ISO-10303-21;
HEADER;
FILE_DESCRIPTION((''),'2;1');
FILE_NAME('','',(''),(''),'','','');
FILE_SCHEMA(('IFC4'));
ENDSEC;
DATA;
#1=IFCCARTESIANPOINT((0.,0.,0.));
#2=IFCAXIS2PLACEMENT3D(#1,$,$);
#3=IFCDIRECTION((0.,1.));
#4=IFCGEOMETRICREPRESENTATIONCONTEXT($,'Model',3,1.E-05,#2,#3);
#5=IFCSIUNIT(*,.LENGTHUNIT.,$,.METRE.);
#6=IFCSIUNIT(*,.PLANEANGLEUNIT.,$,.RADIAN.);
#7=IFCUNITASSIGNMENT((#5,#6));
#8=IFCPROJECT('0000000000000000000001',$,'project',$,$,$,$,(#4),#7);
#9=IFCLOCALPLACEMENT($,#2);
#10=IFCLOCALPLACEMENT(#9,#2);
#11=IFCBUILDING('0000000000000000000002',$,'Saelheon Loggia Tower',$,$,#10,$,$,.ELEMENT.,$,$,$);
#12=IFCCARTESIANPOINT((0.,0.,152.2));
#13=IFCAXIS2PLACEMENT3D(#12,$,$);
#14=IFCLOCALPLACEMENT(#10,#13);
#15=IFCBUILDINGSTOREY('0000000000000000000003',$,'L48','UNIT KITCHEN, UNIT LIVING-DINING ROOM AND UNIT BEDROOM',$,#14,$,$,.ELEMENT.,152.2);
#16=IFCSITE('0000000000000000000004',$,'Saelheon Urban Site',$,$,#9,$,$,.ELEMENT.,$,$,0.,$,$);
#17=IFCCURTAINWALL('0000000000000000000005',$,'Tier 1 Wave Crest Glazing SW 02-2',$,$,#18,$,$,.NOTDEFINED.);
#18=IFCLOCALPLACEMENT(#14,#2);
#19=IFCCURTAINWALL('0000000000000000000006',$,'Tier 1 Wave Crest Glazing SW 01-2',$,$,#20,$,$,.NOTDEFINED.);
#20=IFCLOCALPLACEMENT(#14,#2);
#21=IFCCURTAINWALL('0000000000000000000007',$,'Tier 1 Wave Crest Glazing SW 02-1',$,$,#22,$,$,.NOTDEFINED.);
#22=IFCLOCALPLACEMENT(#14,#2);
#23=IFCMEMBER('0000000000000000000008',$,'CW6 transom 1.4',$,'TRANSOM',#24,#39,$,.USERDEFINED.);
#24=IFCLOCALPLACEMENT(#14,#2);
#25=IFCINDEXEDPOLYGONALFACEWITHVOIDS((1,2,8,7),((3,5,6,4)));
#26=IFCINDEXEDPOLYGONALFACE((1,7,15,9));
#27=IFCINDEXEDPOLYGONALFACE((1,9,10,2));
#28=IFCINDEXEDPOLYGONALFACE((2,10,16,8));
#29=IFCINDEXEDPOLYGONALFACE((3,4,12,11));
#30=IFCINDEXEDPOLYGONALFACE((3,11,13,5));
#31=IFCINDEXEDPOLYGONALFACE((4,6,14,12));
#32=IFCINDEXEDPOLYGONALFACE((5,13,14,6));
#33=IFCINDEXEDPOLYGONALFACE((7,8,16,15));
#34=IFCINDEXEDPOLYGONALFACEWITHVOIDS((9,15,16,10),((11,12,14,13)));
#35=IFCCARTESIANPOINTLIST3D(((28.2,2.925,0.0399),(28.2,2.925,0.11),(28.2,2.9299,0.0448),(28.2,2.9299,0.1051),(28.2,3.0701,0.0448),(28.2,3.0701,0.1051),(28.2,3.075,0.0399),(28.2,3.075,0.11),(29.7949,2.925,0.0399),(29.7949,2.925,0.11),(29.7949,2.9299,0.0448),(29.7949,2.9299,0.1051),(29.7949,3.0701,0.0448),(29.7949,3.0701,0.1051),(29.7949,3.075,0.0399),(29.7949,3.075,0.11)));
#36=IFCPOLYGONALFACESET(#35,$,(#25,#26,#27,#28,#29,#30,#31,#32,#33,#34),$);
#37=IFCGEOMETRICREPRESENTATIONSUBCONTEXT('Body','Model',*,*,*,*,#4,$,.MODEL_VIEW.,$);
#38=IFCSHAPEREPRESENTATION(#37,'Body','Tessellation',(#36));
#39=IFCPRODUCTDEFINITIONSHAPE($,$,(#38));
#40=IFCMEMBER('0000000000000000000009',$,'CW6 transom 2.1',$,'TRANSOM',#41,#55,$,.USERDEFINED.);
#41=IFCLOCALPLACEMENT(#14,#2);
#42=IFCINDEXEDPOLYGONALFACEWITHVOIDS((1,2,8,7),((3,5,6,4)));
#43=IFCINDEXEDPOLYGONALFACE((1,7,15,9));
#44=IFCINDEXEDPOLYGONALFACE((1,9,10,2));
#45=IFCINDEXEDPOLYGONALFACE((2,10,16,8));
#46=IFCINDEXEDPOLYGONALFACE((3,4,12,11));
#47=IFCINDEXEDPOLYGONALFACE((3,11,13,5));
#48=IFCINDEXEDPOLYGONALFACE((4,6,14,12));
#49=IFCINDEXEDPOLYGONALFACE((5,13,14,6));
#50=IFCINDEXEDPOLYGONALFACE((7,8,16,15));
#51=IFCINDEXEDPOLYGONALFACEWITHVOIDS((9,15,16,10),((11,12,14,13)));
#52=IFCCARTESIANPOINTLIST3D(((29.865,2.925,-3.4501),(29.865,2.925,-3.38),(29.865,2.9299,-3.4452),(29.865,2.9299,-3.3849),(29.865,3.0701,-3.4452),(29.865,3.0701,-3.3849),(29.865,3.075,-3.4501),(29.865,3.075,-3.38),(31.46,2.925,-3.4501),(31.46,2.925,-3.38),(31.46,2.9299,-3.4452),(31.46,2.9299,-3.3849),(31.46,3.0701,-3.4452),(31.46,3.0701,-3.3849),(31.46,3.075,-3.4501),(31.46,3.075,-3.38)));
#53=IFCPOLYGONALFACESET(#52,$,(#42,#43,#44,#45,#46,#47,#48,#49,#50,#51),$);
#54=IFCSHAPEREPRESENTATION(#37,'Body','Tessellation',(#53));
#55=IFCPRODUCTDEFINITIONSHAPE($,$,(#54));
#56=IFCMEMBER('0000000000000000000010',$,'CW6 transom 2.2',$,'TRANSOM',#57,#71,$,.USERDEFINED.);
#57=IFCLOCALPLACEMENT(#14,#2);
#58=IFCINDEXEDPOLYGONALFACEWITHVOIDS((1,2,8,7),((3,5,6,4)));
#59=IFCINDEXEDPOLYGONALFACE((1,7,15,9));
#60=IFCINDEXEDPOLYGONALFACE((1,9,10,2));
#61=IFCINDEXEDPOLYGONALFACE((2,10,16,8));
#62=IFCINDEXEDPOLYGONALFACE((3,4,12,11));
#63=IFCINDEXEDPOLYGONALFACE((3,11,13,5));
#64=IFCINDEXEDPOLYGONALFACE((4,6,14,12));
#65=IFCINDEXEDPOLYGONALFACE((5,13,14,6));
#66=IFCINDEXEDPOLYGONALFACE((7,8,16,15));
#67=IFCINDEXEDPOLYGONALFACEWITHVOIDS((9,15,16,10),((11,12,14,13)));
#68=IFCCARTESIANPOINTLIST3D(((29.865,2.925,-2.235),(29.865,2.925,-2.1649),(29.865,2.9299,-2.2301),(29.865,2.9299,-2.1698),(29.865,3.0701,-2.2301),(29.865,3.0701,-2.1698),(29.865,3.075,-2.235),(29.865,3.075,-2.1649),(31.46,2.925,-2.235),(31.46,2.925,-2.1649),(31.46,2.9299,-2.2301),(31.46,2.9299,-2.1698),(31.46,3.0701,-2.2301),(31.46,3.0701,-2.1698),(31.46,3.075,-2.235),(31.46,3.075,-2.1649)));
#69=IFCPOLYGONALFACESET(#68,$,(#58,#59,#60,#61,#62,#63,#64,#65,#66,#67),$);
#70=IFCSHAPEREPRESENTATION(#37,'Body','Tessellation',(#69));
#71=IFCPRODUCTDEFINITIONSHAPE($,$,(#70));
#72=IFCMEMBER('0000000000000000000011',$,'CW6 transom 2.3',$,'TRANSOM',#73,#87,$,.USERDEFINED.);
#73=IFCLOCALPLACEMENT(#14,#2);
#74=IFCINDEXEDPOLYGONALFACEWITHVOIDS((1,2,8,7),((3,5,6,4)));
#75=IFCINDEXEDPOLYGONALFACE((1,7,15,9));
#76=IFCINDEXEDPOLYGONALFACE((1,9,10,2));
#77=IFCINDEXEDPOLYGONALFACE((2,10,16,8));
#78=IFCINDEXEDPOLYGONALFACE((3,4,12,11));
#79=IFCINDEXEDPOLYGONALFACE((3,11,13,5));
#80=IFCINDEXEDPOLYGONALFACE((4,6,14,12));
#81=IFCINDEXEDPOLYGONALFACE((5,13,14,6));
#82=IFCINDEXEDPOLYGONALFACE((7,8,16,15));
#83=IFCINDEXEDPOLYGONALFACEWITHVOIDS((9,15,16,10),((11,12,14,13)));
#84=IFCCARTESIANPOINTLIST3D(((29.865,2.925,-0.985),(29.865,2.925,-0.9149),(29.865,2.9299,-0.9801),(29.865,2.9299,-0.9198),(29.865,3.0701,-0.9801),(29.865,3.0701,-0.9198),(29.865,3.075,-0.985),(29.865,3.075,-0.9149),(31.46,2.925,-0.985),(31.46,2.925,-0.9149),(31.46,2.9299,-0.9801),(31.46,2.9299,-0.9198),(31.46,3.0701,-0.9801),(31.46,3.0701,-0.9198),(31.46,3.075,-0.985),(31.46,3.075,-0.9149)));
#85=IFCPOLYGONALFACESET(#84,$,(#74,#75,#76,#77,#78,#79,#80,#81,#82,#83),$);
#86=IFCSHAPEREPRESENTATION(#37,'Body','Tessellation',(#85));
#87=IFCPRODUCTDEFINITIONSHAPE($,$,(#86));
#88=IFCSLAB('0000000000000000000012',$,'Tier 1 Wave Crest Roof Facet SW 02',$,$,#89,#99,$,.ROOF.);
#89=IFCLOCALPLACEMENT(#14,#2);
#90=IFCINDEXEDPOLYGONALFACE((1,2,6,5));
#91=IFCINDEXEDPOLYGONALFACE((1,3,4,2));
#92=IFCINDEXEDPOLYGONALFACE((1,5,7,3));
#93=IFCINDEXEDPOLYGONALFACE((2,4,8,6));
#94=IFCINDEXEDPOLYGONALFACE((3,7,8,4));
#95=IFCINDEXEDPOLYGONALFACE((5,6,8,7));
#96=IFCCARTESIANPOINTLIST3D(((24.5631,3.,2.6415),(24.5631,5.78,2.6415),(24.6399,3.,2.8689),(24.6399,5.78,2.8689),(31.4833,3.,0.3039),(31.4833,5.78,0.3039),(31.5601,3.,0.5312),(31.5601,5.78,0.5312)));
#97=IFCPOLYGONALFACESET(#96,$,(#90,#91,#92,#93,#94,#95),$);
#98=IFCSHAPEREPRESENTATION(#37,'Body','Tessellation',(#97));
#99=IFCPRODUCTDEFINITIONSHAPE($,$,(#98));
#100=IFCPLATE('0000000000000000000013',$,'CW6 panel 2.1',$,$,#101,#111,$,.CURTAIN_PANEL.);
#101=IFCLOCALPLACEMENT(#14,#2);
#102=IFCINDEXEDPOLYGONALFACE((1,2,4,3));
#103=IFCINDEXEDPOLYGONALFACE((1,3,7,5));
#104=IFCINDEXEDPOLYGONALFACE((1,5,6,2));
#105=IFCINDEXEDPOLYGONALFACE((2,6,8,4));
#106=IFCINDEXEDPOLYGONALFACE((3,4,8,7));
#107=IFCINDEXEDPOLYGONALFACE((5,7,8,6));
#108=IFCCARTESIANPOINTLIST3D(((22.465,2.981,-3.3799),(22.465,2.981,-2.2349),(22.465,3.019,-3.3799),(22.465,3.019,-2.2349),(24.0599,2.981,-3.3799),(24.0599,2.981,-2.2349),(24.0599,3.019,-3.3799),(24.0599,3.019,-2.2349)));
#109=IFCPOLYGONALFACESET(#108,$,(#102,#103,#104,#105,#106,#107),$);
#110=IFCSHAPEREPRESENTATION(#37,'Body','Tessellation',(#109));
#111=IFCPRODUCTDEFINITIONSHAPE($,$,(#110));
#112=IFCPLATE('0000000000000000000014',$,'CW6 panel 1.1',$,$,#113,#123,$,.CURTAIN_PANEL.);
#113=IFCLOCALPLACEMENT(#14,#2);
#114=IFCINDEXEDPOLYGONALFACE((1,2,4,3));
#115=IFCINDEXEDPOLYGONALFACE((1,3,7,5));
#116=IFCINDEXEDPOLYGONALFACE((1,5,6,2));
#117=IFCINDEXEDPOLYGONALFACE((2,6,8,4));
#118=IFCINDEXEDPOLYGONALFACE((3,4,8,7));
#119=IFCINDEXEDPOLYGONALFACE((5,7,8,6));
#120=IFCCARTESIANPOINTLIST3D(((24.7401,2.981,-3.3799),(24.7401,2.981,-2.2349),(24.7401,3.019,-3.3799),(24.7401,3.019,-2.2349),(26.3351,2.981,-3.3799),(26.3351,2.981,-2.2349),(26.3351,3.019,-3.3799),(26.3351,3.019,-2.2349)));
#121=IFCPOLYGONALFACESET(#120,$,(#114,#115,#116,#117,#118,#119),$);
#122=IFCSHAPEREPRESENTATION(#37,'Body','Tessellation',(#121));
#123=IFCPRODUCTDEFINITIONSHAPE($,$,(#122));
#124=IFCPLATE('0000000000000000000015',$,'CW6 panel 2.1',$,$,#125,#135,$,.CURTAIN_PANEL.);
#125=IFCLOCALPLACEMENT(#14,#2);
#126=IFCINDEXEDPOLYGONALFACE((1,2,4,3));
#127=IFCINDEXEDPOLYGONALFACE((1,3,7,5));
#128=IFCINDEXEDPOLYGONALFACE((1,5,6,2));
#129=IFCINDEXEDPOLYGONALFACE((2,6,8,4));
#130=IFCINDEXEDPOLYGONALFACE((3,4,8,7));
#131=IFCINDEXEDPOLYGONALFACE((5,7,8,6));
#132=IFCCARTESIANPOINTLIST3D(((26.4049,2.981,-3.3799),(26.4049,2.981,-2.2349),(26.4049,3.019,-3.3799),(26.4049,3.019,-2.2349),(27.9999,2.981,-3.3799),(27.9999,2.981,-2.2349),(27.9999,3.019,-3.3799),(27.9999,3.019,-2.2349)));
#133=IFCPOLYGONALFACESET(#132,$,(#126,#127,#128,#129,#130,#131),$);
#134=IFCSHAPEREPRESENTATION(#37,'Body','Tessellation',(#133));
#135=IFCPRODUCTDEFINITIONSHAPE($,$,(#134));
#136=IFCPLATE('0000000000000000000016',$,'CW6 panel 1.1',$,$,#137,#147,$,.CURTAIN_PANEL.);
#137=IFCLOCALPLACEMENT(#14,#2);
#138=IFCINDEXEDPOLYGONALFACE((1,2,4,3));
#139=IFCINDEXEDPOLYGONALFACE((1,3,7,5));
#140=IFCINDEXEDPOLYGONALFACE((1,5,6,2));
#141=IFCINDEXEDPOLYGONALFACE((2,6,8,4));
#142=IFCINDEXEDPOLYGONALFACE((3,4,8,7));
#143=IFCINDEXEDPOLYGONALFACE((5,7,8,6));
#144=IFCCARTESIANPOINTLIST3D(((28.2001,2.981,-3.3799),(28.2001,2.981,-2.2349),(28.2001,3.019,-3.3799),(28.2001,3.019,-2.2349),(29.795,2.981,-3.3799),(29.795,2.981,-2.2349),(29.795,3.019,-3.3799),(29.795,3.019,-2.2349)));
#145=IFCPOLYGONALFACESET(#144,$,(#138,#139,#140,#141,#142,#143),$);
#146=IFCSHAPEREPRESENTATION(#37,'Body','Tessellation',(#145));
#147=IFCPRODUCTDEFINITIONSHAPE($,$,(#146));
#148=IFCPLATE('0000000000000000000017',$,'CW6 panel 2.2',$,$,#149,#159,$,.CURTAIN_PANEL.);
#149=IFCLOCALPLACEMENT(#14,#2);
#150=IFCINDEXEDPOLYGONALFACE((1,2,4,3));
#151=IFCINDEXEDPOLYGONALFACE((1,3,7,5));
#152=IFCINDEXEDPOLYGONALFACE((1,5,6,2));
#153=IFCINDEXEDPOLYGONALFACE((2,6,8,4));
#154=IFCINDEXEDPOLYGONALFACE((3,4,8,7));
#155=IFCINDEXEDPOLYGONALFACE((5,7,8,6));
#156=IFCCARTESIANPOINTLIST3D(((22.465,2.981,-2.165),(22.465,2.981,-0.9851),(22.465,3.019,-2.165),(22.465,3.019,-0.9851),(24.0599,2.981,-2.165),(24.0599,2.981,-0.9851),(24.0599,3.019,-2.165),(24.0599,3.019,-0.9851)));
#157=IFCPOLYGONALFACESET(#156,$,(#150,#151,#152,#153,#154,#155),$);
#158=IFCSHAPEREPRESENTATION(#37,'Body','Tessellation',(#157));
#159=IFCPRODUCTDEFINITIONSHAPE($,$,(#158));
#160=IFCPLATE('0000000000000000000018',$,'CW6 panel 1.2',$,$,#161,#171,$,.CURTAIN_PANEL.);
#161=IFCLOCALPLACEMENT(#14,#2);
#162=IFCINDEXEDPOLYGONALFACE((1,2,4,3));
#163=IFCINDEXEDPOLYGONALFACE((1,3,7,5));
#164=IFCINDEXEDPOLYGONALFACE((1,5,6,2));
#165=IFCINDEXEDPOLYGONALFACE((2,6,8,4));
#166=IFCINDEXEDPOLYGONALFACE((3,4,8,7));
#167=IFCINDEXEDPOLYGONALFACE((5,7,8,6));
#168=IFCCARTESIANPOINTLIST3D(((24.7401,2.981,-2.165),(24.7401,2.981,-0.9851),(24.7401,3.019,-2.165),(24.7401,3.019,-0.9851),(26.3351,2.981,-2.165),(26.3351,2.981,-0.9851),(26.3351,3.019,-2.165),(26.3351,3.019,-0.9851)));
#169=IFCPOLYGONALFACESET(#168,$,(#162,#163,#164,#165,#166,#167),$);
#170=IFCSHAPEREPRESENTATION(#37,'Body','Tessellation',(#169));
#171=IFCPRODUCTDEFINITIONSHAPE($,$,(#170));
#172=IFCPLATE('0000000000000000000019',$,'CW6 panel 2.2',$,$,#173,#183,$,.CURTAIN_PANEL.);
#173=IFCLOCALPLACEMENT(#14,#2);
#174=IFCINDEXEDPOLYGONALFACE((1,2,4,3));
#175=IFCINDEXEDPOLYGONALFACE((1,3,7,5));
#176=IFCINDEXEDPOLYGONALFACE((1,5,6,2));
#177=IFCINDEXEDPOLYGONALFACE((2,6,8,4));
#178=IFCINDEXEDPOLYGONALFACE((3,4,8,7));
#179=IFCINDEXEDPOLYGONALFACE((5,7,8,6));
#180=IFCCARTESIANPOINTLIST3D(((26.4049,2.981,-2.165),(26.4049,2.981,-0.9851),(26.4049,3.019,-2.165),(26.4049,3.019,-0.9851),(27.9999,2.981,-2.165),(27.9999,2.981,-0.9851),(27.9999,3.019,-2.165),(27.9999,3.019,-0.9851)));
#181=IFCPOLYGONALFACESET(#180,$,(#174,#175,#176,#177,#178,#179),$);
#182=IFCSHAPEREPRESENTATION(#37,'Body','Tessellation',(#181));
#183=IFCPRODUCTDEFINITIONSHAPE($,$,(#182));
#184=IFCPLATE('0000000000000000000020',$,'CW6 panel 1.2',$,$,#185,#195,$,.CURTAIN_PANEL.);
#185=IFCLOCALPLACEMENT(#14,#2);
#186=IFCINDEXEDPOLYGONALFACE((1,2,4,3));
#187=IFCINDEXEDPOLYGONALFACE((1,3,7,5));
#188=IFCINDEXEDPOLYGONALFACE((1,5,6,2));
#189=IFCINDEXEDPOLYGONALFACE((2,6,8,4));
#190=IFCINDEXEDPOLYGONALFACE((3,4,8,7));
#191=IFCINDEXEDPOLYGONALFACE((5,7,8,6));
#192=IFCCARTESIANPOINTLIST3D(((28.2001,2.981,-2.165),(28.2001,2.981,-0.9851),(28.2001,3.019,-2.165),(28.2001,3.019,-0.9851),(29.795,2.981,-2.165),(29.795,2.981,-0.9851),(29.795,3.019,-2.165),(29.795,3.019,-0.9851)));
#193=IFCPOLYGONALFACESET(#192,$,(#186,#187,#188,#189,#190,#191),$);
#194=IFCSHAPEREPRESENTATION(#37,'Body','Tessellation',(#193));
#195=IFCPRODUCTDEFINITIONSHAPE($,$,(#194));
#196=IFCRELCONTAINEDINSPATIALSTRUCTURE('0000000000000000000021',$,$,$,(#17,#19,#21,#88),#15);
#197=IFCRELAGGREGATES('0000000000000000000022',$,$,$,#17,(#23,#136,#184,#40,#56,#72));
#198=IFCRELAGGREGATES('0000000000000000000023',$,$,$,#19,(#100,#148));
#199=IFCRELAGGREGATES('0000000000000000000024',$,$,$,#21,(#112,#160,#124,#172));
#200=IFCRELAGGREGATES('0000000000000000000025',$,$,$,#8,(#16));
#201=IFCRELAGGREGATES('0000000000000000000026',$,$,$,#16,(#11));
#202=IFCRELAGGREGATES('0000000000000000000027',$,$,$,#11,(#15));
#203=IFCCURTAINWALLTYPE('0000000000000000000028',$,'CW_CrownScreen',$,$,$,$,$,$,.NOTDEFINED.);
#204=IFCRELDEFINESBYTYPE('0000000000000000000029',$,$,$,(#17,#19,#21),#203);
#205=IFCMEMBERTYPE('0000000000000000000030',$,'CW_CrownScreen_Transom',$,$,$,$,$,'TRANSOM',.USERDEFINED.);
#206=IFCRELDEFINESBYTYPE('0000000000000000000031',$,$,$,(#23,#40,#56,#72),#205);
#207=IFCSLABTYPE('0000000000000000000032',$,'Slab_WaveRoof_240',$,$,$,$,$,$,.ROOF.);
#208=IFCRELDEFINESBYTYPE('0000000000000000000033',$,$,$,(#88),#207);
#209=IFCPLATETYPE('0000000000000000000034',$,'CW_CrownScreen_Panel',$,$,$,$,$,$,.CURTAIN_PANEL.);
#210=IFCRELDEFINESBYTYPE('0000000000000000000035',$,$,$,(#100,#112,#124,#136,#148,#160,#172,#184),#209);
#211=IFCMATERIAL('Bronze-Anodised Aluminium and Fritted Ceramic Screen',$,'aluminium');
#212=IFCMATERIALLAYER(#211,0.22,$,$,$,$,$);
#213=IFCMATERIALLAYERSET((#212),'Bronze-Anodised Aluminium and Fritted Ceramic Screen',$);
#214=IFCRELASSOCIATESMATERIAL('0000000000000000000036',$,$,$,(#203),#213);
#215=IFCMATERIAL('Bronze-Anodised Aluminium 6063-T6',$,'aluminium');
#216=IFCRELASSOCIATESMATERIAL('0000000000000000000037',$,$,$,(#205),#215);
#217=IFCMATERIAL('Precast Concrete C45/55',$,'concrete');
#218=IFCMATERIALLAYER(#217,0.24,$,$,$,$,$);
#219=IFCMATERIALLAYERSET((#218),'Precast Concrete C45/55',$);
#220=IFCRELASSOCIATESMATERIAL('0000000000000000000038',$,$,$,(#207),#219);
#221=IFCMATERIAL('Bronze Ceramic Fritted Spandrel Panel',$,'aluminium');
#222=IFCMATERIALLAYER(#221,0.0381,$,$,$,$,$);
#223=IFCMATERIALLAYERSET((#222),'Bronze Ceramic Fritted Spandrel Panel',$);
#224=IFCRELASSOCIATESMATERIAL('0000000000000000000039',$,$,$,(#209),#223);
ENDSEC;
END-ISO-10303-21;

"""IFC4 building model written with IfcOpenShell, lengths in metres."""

from ifc_helpers import new_model, si_unit, direction, frame, origin, origin_2d, place, context, subcontext, project, spatial, polyline, rectangle, hollow_rectangle, outline, extrude, source, transform, mapped, material, layer, layer_set, material_profile, profile_set, type_object, element, aggregate, save


model = new_model("IFC4")

# Units and contexts
model_context = context("Model", 3, precision=1e-05, world=origin(), true_north=direction((0.0, 1.0)))
body_context = subcontext(model_context, "Body", "Model", "MODEL_VIEW")
ifc_project = project(units=[si_unit("LENGTHUNIT", "METRE"), si_unit("PLANEANGLEUNIT", "RADIAN")], contexts=[model_context])

# Site, building, storey
site_placement = place(None, origin())
site = spatial("IfcSite", under=ifc_project, at=site_placement, Name="Saelheon Urban Site", CompositionType="ELEMENT", RefElevation=0.0)
building_placement = place(site_placement, origin())
building = spatial("IfcBuilding", under=site, at=building_placement, Name="Saelheon Loggia Tower", CompositionType="ELEMENT")
storey_placement = place(building_placement, frame((0.0, 0.0, 152.2)))
storey = spatial("IfcBuildingStorey", under=building, at=storey_placement, Name="L48", Description="UNIT KITCHEN, UNIT LIVING-DINING ROOM AND UNIT BEDROOM", CompositionType="ELEMENT", Elevation=152.2)

# Curtain wall
ifc_material_1 = material(Name="Bronze-Anodised Aluminium and Fritted Ceramic Screen", Category="aluminium")
ifc_layer_1 = layer(ifc_material_1, 0.22)
ifc_layer_set_1 = layer_set([ifc_layer_1], Name="Bronze-Anodised Aluminium and Fritted Ceramic Screen")
curtain_wall_type = type_object("IfcCurtainWallType", Name="CW_CrownScreen", PredefinedType="NOTDEFINED", material=ifc_layer_set_1)
curtain_wall_1_placement = place(storey_placement, origin())
curtain_wall_1 = element("IfcCurtainWall", 1, at=curtain_wall_1_placement, inside=storey, type_object=curtain_wall_type, Name="Tier 1 Wave Crest Glazing SW 02-2", PredefinedType="NOTDEFINED")
ifc_material_2 = material(Name="Bronze-Anodised Aluminium 6063-T6", Category="aluminium")

# Curtain wall
curtain_wall_2_placement = place(storey_placement, origin())
curtain_wall_2 = element("IfcCurtainWall", 2, at=curtain_wall_2_placement, inside=storey, type_object=curtain_wall_type, Name="Tier 1 Wave Crest Glazing SW 01-2", PredefinedType="NOTDEFINED")

# Curtain wall
curtain_wall_3_placement = place(storey_placement, origin())
curtain_wall_3 = element("IfcCurtainWall", 3, at=curtain_wall_3_placement, inside=storey, type_object=curtain_wall_type, Name="Tier 1 Wave Crest Glazing SW 02-1", PredefinedType="NOTDEFINED")
ifc_material_profile_1 = material_profile(ifc_material_2, hollow_rectangle(XDim=0.0701, YDim=0.1499, WallThickness=0.0049, at=origin_2d()), Name="RHS-150x70x5")
ifc_profile_set_1 = profile_set([ifc_material_profile_1], Name="Bronze-Anodised Aluminium 6063-T6")
member_type_1 = type_object("IfcMemberType", Name="CW_CrownScreen_Transom", ElementType="TRANSOM", PredefinedType="USERDEFINED", material=ifc_profile_set_1)
shared_shape_1 = source(origin(), body_context, "Body", "SweptSolid", [
    extrude(hollow_rectangle(XDim=0.0701, YDim=0.1499, WallThickness=0.0049, at=origin_2d()), origin(), (0.0, 0.0, 1.0), 1.595),
])

# Members
member_1_placement = place(storey_placement, frame((28.2, 3.0, 0.075), z_axis=(1.0, 0.0, 0.0), x_axis=(0.0, 0.0, 1.0)))
member_1 = element("IfcMember", 4, at=member_1_placement, type_object=member_type_1, Name="CW6 transom 1.4", ObjectType="TRANSOM", PredefinedType="USERDEFINED", context=body_context, shape_type="MappedRepresentation", body=[
    mapped(shared_shape_1, transform((0.0, 0.0, 0.0), scale=1.0)),
])
member_2_placement = place(storey_placement, frame((29.865, 3.0, -3.415), z_axis=(1.0, 0.0, 0.0), x_axis=(0.0, 0.0, 1.0)))
member_2 = element("IfcMember", 5, at=member_2_placement, type_object=member_type_1, Name="CW6 transom 2.1", ObjectType="TRANSOM", PredefinedType="USERDEFINED", context=body_context, shape_type="MappedRepresentation", body=[
    mapped(shared_shape_1, transform((0.0, 0.0, 0.0), scale=1.0)),
])
member_3_placement = place(storey_placement, frame((29.865, 3.0, -2.2), z_axis=(1.0, 0.0, 0.0), x_axis=(0.0, 0.0, 1.0)))
member_3 = element("IfcMember", 6, at=member_3_placement, type_object=member_type_1, Name="CW6 transom 2.2", ObjectType="TRANSOM", PredefinedType="USERDEFINED", context=body_context, shape_type="MappedRepresentation", body=[
    mapped(shared_shape_1, transform((0.0, 0.0, 0.0), scale=1.0)),
])
member_4_placement = place(storey_placement, frame((29.865, 3.0, -0.95), z_axis=(1.0, 0.0, 0.0), x_axis=(0.0, 0.0, 1.0)))
member_4 = element("IfcMember", 7, at=member_4_placement, type_object=member_type_1, Name="CW6 transom 2.3", ObjectType="TRANSOM", PredefinedType="USERDEFINED", context=body_context, shape_type="MappedRepresentation", body=[
    mapped(shared_shape_1, transform((0.0, 0.0, 0.0), scale=1.0)),
])

# Slab
ifc_material_3 = material(Name="Precast Concrete C45/55", Category="concrete")
ifc_layer_2 = layer(ifc_material_3, 0.24)
ifc_layer_set_2 = layer_set([ifc_layer_2], Name="Precast Concrete C45/55")
slab_type = type_object("IfcSlabType", Name="Slab_WaveRoof_240", PredefinedType="ROOF", material=ifc_layer_set_2)
slab_placement = place(storey_placement, frame((24.6399, 3.0, 2.8689), z_axis=(0.320036, 0.0, 0.947406), x_axis=(0.0, 1.0, 0.0)))
element("IfcSlab", 8, at=slab_placement, inside=storey, type_object=slab_type, Name="Tier 1 Wave Crest Roof Facet SW 02", PredefinedType="ROOF", context=body_context, shape_type="SweptSolid", body=[
    extrude(outline(polyline([(0.0, 0.0), (2.78, 0.0), (2.78, -7.3043), (0.0, -7.3043), (0.0, 0.0)])), origin(), (0.0, 0.0, -1.0), 0.24),
])

# Plates
ifc_material_4 = material(Name="Bronze Ceramic Fritted Spandrel Panel", Category="aluminium")
ifc_layer_3 = layer(ifc_material_4, 0.0381)
ifc_layer_set_3 = layer_set([ifc_layer_3], Name="Bronze Ceramic Fritted Spandrel Panel")
plate_type = type_object("IfcPlateType", Name="CW_CrownScreen_Panel", PredefinedType="CURTAIN_PANEL", material=ifc_layer_set_3)
shared_shape_2 = source(origin(), body_context, "Body", "SweptSolid", [
    extrude(rectangle(XDim=1.595, YDim=0.0381, at=origin_2d()), origin(), (0.0, 0.0, 1.0), 1.145),
])
plate_1_placement = place(storey_placement, frame((23.2625, 3.0, -3.3799), z_axis=(0.0, 0.0, 1.0), x_axis=(1.0, 0.0, 0.0)))
plate_1 = element("IfcPlate", 9, at=plate_1_placement, type_object=plate_type, Name="CW6 panel 2.1", PredefinedType="CURTAIN_PANEL", context=body_context, shape_type="MappedRepresentation", body=[
    mapped(shared_shape_2, transform((0.0, 0.0, 0.0), scale=1.0)),
])
plate_2_placement = place(storey_placement, frame((25.5376, 3.0, -3.3799), z_axis=(0.0, 0.0, 1.0), x_axis=(1.0, 0.0, 0.0)))
plate_2 = element("IfcPlate", 10, at=plate_2_placement, type_object=plate_type, Name="CW6 panel 1.1", PredefinedType="CURTAIN_PANEL", context=body_context, shape_type="MappedRepresentation", body=[
    mapped(shared_shape_2, transform((0.0, 0.0, 0.0), scale=1.0)),
])
plate_3_placement = place(storey_placement, frame((27.2024, 3.0, -3.3799), z_axis=(0.0, 0.0, 1.0), x_axis=(1.0, 0.0, 0.0)))
plate_3 = element("IfcPlate", 11, at=plate_3_placement, type_object=plate_type, Name="CW6 panel 2.1", PredefinedType="CURTAIN_PANEL", context=body_context, shape_type="MappedRepresentation", body=[
    mapped(shared_shape_2, transform((0.0, 0.0, 0.0), scale=1.0)),
])
plate_4_placement = place(storey_placement, frame((28.9976, 3.0, -3.3799), z_axis=(0.0, 0.0, 1.0), x_axis=(1.0, 0.0, 0.0)))
plate_4 = element("IfcPlate", 12, at=plate_4_placement, type_object=plate_type, Name="CW6 panel 1.1", PredefinedType="CURTAIN_PANEL", context=body_context, shape_type="MappedRepresentation", body=[
    mapped(shared_shape_2, transform((0.0, 0.0, 0.0), scale=1.0)),
])
shared_shape_3 = source(origin(), body_context, "Body", "SweptSolid", [
    extrude(rectangle(XDim=1.595, YDim=0.0381, at=origin_2d()), origin(), (0.0, 0.0, 1.0), 1.1799),
])
plate_5_placement = place(storey_placement, frame((23.2625, 3.0, -2.165), z_axis=(0.0, 0.0, 1.0), x_axis=(1.0, 0.0, 0.0)))
plate_5 = element("IfcPlate", 13, at=plate_5_placement, type_object=plate_type, Name="CW6 panel 2.2", PredefinedType="CURTAIN_PANEL", context=body_context, shape_type="MappedRepresentation", body=[
    mapped(shared_shape_3, transform((0.0, 0.0, 0.0), scale=1.0)),
])
plate_6_placement = place(storey_placement, frame((25.5376, 3.0, -2.165), z_axis=(0.0, 0.0, 1.0), x_axis=(1.0, 0.0, 0.0)))
plate_6 = element("IfcPlate", 14, at=plate_6_placement, type_object=plate_type, Name="CW6 panel 1.2", PredefinedType="CURTAIN_PANEL", context=body_context, shape_type="MappedRepresentation", body=[
    mapped(shared_shape_3, transform((0.0, 0.0, 0.0), scale=1.0)),
])
plate_7_placement = place(storey_placement, frame((27.2024, 3.0, -2.165), z_axis=(0.0, 0.0, 1.0), x_axis=(1.0, 0.0, 0.0)))
plate_7 = element("IfcPlate", 15, at=plate_7_placement, type_object=plate_type, Name="CW6 panel 2.2", PredefinedType="CURTAIN_PANEL", context=body_context, shape_type="MappedRepresentation", body=[
    mapped(shared_shape_3, transform((0.0, 0.0, 0.0), scale=1.0)),
])
plate_8_placement = place(storey_placement, frame((28.9976, 3.0, -2.165), z_axis=(0.0, 0.0, 1.0), x_axis=(1.0, 0.0, 0.0)))
plate_8 = element("IfcPlate", 16, at=plate_8_placement, type_object=plate_type, Name="CW6 panel 1.2", PredefinedType="CURTAIN_PANEL", context=body_context, shape_type="MappedRepresentation", body=[
    mapped(shared_shape_3, transform((0.0, 0.0, 0.0), scale=1.0)),
])
aggregate(curtain_wall_1, [member_1, plate_4, plate_8, member_2, member_3, member_4])
aggregate(curtain_wall_2, [plate_1, plate_5])
aggregate(curtain_wall_3, [plate_2, plate_6, plate_3, plate_7])

save(model, "model.ifc")
